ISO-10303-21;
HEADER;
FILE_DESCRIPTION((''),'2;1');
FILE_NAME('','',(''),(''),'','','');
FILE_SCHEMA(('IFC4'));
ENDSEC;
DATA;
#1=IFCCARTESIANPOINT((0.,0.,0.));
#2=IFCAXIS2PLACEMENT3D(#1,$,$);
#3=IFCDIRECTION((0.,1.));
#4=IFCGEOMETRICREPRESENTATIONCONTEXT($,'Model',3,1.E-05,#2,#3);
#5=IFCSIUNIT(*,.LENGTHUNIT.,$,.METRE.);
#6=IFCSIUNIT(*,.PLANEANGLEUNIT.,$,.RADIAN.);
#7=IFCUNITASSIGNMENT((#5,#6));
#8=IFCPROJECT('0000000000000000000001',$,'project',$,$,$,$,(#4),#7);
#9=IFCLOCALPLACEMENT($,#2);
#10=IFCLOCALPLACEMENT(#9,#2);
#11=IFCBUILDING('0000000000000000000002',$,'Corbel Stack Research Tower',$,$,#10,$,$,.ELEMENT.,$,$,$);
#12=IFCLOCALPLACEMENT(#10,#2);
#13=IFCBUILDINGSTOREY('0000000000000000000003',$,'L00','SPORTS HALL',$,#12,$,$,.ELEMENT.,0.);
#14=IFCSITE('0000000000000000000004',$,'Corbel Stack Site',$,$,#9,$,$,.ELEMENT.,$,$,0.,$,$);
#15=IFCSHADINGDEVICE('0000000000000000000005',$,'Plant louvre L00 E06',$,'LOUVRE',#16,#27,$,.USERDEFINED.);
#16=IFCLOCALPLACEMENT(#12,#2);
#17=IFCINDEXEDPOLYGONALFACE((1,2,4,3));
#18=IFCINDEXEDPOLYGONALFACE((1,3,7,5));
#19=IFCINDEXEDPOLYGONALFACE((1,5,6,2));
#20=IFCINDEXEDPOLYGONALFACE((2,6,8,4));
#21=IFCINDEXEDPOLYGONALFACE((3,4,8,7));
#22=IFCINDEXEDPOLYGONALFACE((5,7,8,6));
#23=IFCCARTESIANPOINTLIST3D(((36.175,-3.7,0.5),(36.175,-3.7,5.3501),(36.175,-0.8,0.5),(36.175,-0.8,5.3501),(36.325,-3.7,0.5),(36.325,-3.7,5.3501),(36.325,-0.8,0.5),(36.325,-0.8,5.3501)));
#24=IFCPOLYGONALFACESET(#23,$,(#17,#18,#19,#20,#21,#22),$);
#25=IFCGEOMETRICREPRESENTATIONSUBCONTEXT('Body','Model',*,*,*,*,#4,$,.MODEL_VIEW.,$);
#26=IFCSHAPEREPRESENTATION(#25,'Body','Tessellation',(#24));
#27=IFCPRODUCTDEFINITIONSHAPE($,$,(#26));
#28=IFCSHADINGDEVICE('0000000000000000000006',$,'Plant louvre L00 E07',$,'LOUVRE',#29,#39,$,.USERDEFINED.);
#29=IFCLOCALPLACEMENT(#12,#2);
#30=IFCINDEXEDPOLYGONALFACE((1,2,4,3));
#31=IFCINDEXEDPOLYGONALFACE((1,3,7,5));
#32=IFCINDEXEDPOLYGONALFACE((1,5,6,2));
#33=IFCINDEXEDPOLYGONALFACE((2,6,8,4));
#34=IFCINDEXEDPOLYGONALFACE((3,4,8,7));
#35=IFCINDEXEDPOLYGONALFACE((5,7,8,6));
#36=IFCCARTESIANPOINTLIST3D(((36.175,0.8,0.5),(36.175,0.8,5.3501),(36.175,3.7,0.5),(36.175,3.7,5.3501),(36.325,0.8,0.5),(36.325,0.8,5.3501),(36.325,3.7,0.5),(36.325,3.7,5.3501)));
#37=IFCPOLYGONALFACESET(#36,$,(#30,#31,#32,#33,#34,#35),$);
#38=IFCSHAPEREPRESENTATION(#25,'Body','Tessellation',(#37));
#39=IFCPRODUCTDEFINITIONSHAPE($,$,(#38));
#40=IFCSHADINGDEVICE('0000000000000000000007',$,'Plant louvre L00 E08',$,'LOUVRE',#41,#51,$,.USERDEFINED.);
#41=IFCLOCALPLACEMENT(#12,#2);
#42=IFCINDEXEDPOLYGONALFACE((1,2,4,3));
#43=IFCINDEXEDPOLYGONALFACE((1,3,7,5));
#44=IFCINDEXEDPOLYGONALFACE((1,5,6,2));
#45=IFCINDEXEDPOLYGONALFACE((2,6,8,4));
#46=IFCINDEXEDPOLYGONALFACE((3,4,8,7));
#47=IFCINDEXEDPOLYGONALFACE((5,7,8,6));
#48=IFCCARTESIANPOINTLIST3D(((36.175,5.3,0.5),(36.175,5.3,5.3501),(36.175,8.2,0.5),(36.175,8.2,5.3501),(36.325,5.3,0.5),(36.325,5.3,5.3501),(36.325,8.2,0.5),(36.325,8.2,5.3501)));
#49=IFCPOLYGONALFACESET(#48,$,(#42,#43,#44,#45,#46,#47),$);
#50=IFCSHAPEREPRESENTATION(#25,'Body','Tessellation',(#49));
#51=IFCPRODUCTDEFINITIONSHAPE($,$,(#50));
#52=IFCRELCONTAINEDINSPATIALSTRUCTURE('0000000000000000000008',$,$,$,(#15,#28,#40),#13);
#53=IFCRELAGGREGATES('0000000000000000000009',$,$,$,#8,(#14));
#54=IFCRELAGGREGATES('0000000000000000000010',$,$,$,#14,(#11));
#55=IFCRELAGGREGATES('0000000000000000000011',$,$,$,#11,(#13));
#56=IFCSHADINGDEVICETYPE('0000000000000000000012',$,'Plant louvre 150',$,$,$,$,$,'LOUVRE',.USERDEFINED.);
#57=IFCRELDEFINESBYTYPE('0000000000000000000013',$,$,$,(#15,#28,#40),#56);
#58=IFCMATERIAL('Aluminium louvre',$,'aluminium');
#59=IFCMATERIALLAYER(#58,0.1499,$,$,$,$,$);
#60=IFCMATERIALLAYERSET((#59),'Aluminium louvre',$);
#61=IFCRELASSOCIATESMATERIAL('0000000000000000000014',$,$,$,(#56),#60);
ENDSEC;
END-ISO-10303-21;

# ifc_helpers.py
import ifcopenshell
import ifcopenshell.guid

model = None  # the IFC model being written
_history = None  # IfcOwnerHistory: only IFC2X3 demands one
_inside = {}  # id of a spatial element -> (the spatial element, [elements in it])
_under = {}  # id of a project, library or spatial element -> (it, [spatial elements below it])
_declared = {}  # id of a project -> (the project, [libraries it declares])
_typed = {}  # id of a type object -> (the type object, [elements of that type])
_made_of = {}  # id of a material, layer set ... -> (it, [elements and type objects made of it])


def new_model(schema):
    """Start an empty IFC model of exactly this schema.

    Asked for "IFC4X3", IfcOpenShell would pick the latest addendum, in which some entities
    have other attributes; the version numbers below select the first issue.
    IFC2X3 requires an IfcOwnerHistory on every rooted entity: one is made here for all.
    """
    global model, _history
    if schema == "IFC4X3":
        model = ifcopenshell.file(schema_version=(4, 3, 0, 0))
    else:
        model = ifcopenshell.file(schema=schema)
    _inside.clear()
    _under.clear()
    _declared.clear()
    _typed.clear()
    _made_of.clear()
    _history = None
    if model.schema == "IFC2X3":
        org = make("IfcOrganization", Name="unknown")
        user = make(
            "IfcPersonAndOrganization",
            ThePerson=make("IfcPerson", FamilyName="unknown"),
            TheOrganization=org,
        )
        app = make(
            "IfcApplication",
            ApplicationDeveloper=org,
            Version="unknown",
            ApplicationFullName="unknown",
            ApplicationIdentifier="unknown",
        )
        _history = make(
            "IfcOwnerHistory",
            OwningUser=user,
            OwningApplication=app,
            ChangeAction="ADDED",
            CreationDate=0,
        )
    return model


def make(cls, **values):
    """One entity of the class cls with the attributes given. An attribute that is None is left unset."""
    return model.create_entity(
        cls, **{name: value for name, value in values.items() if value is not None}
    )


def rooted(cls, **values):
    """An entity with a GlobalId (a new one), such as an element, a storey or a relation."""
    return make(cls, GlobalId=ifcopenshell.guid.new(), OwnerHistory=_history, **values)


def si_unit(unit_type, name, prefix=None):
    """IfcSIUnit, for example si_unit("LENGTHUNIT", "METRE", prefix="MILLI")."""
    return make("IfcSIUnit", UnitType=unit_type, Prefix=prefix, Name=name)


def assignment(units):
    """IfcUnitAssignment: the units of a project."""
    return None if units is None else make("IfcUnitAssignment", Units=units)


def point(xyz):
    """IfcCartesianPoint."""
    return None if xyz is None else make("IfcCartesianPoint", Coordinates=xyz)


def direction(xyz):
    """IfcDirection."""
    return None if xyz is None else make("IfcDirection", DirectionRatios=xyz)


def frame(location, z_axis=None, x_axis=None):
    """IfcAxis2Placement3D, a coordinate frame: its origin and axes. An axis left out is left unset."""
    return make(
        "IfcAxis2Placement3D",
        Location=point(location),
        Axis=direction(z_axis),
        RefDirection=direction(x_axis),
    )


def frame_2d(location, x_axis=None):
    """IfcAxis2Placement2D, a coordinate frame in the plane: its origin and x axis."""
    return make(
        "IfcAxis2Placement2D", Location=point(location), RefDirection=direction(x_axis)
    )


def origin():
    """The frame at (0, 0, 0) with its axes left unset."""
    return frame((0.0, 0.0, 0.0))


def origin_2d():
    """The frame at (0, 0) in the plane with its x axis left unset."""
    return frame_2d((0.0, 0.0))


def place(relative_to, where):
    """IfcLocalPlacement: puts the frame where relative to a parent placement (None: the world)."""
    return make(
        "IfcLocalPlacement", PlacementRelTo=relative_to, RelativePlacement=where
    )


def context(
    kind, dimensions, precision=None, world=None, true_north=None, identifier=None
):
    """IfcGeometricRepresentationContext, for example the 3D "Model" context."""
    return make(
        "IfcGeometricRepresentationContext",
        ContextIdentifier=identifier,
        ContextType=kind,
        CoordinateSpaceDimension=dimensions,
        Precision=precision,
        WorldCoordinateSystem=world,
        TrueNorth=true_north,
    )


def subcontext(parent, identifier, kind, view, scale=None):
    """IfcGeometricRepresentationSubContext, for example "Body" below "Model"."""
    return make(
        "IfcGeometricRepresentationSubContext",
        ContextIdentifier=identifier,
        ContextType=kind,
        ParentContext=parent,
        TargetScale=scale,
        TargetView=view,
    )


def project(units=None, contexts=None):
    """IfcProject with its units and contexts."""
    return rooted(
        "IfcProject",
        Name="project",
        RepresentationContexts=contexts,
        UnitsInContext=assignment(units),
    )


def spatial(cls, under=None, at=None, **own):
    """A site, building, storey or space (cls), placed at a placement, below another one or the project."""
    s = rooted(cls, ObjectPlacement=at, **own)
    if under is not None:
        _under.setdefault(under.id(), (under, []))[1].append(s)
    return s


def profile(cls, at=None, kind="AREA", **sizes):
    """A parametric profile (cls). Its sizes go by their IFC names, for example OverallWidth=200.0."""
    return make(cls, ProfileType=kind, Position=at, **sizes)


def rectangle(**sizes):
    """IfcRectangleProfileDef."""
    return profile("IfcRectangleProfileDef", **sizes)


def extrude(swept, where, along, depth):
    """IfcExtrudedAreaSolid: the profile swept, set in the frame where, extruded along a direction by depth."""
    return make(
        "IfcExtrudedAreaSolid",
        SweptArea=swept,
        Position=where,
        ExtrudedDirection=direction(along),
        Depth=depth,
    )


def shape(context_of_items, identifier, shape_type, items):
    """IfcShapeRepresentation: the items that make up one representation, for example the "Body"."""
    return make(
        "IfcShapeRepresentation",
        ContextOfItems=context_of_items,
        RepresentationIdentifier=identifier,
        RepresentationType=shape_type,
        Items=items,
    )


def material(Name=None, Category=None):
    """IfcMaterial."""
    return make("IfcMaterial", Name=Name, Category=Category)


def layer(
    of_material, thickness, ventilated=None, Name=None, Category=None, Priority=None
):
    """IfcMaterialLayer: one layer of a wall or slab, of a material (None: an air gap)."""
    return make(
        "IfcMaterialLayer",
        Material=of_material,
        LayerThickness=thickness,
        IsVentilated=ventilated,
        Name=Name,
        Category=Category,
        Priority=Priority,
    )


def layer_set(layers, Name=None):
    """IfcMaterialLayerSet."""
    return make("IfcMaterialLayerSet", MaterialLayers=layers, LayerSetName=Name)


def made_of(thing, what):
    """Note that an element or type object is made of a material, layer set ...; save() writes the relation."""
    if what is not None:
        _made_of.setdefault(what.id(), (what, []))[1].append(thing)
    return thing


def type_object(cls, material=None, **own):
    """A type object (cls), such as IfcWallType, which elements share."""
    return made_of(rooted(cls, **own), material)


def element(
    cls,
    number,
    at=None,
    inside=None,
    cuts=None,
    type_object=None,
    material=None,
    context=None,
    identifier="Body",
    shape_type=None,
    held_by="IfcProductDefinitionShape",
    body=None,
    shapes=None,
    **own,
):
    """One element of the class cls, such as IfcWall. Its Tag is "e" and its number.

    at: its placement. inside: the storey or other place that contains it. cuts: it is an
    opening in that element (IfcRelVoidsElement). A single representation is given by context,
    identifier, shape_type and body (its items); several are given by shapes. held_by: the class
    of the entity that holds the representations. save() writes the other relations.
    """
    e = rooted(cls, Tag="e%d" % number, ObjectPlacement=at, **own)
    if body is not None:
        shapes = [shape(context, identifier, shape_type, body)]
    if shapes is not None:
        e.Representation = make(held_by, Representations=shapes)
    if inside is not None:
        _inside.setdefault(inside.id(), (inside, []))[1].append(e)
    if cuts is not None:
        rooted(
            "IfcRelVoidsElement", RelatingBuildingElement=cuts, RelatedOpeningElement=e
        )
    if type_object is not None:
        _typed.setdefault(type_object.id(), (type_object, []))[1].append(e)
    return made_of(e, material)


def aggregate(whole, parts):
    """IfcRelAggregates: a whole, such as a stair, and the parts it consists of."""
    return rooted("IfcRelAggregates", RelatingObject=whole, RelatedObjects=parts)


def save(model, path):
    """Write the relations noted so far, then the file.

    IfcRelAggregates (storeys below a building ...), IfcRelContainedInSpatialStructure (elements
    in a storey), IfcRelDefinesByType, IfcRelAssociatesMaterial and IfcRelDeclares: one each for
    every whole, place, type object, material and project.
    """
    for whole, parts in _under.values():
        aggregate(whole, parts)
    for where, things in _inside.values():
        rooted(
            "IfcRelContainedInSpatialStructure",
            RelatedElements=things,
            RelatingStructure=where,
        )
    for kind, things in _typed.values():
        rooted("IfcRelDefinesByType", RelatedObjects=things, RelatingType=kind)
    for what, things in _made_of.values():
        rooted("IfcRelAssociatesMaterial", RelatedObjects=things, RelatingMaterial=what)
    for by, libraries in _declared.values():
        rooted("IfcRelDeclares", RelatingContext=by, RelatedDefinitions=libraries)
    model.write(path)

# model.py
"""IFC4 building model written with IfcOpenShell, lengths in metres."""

from ifc_helpers import new_model, si_unit, direction, frame, origin, origin_2d, place, context, subcontext, project, spatial, rectangle, extrude, material, layer, layer_set, type_object, element, save


model = new_model("IFC4")

# Units and contexts
model_context = context("Model", 3, precision=1e-05, world=origin(), true_north=direction((0.0, 1.0)))
body_context = subcontext(model_context, "Body", "Model", "MODEL_VIEW")
ifc_project = project(units=[si_unit("LENGTHUNIT", "METRE"), si_unit("PLANEANGLEUNIT", "RADIAN")], contexts=[model_context])

# Site, building, storey
site_placement = place(None, origin())
site = spatial("IfcSite", under=ifc_project, at=site_placement, Name="Corbel Stack Site", CompositionType="ELEMENT", RefElevation=0.0)
building_placement = place(site_placement, origin())
building = spatial("IfcBuilding", under=site, at=building_placement, Name="Corbel Stack Research Tower", CompositionType="ELEMENT")
storey_placement = place(building_placement, origin())
storey = spatial("IfcBuildingStorey", under=building, at=storey_placement, Name="L00", Description="SPORTS HALL", CompositionType="ELEMENT", Elevation=0.0)

# Shading devices
ifc_material_1 = material(Name="Aluminium louvre", Category="aluminium")
ifc_layer_1 = layer(ifc_material_1, 0.1499)
ifc_layer_set_1 = layer_set([ifc_layer_1], Name="Aluminium louvre")
shading_device_type = type_object("IfcShadingDeviceType", Name="Plant louvre 150", ElementType="LOUVRE", PredefinedType="USERDEFINED", material=ifc_layer_set_1)
for number, where, z_axis, x_axis, name in (
    (1, (36.25, -2.25, 0.5), (0.0, 0.0, 1.0), (0.0, 1.0, 0.0), "Plant louvre L00 E06"),
    (2, (36.25, 2.25, 0.5), (0.0, 0.0, 1.0), (0.0, 1.0, 0.0), "Plant louvre L00 E07"),
    (3, (36.25, 6.75, 0.5), (0.0, 0.0, 1.0), (0.0, 1.0, 0.0), "Plant louvre L00 E08"),
):
    element("IfcShadingDevice", number, at=place(storey_placement, frame(where, z_axis=z_axis, x_axis=x_axis)), inside=storey, type_object=shading_device_type, Name=name, ObjectType="LOUVRE", PredefinedType="USERDEFINED", context=body_context, shape_type="SweptSolid", body=[
        extrude(rectangle(XDim=2.8999, YDim=0.1499, at=origin_2d()), origin(), (0.0, 0.0, 1.0), 4.8501),
    ])

save(model, "model.ifc")
